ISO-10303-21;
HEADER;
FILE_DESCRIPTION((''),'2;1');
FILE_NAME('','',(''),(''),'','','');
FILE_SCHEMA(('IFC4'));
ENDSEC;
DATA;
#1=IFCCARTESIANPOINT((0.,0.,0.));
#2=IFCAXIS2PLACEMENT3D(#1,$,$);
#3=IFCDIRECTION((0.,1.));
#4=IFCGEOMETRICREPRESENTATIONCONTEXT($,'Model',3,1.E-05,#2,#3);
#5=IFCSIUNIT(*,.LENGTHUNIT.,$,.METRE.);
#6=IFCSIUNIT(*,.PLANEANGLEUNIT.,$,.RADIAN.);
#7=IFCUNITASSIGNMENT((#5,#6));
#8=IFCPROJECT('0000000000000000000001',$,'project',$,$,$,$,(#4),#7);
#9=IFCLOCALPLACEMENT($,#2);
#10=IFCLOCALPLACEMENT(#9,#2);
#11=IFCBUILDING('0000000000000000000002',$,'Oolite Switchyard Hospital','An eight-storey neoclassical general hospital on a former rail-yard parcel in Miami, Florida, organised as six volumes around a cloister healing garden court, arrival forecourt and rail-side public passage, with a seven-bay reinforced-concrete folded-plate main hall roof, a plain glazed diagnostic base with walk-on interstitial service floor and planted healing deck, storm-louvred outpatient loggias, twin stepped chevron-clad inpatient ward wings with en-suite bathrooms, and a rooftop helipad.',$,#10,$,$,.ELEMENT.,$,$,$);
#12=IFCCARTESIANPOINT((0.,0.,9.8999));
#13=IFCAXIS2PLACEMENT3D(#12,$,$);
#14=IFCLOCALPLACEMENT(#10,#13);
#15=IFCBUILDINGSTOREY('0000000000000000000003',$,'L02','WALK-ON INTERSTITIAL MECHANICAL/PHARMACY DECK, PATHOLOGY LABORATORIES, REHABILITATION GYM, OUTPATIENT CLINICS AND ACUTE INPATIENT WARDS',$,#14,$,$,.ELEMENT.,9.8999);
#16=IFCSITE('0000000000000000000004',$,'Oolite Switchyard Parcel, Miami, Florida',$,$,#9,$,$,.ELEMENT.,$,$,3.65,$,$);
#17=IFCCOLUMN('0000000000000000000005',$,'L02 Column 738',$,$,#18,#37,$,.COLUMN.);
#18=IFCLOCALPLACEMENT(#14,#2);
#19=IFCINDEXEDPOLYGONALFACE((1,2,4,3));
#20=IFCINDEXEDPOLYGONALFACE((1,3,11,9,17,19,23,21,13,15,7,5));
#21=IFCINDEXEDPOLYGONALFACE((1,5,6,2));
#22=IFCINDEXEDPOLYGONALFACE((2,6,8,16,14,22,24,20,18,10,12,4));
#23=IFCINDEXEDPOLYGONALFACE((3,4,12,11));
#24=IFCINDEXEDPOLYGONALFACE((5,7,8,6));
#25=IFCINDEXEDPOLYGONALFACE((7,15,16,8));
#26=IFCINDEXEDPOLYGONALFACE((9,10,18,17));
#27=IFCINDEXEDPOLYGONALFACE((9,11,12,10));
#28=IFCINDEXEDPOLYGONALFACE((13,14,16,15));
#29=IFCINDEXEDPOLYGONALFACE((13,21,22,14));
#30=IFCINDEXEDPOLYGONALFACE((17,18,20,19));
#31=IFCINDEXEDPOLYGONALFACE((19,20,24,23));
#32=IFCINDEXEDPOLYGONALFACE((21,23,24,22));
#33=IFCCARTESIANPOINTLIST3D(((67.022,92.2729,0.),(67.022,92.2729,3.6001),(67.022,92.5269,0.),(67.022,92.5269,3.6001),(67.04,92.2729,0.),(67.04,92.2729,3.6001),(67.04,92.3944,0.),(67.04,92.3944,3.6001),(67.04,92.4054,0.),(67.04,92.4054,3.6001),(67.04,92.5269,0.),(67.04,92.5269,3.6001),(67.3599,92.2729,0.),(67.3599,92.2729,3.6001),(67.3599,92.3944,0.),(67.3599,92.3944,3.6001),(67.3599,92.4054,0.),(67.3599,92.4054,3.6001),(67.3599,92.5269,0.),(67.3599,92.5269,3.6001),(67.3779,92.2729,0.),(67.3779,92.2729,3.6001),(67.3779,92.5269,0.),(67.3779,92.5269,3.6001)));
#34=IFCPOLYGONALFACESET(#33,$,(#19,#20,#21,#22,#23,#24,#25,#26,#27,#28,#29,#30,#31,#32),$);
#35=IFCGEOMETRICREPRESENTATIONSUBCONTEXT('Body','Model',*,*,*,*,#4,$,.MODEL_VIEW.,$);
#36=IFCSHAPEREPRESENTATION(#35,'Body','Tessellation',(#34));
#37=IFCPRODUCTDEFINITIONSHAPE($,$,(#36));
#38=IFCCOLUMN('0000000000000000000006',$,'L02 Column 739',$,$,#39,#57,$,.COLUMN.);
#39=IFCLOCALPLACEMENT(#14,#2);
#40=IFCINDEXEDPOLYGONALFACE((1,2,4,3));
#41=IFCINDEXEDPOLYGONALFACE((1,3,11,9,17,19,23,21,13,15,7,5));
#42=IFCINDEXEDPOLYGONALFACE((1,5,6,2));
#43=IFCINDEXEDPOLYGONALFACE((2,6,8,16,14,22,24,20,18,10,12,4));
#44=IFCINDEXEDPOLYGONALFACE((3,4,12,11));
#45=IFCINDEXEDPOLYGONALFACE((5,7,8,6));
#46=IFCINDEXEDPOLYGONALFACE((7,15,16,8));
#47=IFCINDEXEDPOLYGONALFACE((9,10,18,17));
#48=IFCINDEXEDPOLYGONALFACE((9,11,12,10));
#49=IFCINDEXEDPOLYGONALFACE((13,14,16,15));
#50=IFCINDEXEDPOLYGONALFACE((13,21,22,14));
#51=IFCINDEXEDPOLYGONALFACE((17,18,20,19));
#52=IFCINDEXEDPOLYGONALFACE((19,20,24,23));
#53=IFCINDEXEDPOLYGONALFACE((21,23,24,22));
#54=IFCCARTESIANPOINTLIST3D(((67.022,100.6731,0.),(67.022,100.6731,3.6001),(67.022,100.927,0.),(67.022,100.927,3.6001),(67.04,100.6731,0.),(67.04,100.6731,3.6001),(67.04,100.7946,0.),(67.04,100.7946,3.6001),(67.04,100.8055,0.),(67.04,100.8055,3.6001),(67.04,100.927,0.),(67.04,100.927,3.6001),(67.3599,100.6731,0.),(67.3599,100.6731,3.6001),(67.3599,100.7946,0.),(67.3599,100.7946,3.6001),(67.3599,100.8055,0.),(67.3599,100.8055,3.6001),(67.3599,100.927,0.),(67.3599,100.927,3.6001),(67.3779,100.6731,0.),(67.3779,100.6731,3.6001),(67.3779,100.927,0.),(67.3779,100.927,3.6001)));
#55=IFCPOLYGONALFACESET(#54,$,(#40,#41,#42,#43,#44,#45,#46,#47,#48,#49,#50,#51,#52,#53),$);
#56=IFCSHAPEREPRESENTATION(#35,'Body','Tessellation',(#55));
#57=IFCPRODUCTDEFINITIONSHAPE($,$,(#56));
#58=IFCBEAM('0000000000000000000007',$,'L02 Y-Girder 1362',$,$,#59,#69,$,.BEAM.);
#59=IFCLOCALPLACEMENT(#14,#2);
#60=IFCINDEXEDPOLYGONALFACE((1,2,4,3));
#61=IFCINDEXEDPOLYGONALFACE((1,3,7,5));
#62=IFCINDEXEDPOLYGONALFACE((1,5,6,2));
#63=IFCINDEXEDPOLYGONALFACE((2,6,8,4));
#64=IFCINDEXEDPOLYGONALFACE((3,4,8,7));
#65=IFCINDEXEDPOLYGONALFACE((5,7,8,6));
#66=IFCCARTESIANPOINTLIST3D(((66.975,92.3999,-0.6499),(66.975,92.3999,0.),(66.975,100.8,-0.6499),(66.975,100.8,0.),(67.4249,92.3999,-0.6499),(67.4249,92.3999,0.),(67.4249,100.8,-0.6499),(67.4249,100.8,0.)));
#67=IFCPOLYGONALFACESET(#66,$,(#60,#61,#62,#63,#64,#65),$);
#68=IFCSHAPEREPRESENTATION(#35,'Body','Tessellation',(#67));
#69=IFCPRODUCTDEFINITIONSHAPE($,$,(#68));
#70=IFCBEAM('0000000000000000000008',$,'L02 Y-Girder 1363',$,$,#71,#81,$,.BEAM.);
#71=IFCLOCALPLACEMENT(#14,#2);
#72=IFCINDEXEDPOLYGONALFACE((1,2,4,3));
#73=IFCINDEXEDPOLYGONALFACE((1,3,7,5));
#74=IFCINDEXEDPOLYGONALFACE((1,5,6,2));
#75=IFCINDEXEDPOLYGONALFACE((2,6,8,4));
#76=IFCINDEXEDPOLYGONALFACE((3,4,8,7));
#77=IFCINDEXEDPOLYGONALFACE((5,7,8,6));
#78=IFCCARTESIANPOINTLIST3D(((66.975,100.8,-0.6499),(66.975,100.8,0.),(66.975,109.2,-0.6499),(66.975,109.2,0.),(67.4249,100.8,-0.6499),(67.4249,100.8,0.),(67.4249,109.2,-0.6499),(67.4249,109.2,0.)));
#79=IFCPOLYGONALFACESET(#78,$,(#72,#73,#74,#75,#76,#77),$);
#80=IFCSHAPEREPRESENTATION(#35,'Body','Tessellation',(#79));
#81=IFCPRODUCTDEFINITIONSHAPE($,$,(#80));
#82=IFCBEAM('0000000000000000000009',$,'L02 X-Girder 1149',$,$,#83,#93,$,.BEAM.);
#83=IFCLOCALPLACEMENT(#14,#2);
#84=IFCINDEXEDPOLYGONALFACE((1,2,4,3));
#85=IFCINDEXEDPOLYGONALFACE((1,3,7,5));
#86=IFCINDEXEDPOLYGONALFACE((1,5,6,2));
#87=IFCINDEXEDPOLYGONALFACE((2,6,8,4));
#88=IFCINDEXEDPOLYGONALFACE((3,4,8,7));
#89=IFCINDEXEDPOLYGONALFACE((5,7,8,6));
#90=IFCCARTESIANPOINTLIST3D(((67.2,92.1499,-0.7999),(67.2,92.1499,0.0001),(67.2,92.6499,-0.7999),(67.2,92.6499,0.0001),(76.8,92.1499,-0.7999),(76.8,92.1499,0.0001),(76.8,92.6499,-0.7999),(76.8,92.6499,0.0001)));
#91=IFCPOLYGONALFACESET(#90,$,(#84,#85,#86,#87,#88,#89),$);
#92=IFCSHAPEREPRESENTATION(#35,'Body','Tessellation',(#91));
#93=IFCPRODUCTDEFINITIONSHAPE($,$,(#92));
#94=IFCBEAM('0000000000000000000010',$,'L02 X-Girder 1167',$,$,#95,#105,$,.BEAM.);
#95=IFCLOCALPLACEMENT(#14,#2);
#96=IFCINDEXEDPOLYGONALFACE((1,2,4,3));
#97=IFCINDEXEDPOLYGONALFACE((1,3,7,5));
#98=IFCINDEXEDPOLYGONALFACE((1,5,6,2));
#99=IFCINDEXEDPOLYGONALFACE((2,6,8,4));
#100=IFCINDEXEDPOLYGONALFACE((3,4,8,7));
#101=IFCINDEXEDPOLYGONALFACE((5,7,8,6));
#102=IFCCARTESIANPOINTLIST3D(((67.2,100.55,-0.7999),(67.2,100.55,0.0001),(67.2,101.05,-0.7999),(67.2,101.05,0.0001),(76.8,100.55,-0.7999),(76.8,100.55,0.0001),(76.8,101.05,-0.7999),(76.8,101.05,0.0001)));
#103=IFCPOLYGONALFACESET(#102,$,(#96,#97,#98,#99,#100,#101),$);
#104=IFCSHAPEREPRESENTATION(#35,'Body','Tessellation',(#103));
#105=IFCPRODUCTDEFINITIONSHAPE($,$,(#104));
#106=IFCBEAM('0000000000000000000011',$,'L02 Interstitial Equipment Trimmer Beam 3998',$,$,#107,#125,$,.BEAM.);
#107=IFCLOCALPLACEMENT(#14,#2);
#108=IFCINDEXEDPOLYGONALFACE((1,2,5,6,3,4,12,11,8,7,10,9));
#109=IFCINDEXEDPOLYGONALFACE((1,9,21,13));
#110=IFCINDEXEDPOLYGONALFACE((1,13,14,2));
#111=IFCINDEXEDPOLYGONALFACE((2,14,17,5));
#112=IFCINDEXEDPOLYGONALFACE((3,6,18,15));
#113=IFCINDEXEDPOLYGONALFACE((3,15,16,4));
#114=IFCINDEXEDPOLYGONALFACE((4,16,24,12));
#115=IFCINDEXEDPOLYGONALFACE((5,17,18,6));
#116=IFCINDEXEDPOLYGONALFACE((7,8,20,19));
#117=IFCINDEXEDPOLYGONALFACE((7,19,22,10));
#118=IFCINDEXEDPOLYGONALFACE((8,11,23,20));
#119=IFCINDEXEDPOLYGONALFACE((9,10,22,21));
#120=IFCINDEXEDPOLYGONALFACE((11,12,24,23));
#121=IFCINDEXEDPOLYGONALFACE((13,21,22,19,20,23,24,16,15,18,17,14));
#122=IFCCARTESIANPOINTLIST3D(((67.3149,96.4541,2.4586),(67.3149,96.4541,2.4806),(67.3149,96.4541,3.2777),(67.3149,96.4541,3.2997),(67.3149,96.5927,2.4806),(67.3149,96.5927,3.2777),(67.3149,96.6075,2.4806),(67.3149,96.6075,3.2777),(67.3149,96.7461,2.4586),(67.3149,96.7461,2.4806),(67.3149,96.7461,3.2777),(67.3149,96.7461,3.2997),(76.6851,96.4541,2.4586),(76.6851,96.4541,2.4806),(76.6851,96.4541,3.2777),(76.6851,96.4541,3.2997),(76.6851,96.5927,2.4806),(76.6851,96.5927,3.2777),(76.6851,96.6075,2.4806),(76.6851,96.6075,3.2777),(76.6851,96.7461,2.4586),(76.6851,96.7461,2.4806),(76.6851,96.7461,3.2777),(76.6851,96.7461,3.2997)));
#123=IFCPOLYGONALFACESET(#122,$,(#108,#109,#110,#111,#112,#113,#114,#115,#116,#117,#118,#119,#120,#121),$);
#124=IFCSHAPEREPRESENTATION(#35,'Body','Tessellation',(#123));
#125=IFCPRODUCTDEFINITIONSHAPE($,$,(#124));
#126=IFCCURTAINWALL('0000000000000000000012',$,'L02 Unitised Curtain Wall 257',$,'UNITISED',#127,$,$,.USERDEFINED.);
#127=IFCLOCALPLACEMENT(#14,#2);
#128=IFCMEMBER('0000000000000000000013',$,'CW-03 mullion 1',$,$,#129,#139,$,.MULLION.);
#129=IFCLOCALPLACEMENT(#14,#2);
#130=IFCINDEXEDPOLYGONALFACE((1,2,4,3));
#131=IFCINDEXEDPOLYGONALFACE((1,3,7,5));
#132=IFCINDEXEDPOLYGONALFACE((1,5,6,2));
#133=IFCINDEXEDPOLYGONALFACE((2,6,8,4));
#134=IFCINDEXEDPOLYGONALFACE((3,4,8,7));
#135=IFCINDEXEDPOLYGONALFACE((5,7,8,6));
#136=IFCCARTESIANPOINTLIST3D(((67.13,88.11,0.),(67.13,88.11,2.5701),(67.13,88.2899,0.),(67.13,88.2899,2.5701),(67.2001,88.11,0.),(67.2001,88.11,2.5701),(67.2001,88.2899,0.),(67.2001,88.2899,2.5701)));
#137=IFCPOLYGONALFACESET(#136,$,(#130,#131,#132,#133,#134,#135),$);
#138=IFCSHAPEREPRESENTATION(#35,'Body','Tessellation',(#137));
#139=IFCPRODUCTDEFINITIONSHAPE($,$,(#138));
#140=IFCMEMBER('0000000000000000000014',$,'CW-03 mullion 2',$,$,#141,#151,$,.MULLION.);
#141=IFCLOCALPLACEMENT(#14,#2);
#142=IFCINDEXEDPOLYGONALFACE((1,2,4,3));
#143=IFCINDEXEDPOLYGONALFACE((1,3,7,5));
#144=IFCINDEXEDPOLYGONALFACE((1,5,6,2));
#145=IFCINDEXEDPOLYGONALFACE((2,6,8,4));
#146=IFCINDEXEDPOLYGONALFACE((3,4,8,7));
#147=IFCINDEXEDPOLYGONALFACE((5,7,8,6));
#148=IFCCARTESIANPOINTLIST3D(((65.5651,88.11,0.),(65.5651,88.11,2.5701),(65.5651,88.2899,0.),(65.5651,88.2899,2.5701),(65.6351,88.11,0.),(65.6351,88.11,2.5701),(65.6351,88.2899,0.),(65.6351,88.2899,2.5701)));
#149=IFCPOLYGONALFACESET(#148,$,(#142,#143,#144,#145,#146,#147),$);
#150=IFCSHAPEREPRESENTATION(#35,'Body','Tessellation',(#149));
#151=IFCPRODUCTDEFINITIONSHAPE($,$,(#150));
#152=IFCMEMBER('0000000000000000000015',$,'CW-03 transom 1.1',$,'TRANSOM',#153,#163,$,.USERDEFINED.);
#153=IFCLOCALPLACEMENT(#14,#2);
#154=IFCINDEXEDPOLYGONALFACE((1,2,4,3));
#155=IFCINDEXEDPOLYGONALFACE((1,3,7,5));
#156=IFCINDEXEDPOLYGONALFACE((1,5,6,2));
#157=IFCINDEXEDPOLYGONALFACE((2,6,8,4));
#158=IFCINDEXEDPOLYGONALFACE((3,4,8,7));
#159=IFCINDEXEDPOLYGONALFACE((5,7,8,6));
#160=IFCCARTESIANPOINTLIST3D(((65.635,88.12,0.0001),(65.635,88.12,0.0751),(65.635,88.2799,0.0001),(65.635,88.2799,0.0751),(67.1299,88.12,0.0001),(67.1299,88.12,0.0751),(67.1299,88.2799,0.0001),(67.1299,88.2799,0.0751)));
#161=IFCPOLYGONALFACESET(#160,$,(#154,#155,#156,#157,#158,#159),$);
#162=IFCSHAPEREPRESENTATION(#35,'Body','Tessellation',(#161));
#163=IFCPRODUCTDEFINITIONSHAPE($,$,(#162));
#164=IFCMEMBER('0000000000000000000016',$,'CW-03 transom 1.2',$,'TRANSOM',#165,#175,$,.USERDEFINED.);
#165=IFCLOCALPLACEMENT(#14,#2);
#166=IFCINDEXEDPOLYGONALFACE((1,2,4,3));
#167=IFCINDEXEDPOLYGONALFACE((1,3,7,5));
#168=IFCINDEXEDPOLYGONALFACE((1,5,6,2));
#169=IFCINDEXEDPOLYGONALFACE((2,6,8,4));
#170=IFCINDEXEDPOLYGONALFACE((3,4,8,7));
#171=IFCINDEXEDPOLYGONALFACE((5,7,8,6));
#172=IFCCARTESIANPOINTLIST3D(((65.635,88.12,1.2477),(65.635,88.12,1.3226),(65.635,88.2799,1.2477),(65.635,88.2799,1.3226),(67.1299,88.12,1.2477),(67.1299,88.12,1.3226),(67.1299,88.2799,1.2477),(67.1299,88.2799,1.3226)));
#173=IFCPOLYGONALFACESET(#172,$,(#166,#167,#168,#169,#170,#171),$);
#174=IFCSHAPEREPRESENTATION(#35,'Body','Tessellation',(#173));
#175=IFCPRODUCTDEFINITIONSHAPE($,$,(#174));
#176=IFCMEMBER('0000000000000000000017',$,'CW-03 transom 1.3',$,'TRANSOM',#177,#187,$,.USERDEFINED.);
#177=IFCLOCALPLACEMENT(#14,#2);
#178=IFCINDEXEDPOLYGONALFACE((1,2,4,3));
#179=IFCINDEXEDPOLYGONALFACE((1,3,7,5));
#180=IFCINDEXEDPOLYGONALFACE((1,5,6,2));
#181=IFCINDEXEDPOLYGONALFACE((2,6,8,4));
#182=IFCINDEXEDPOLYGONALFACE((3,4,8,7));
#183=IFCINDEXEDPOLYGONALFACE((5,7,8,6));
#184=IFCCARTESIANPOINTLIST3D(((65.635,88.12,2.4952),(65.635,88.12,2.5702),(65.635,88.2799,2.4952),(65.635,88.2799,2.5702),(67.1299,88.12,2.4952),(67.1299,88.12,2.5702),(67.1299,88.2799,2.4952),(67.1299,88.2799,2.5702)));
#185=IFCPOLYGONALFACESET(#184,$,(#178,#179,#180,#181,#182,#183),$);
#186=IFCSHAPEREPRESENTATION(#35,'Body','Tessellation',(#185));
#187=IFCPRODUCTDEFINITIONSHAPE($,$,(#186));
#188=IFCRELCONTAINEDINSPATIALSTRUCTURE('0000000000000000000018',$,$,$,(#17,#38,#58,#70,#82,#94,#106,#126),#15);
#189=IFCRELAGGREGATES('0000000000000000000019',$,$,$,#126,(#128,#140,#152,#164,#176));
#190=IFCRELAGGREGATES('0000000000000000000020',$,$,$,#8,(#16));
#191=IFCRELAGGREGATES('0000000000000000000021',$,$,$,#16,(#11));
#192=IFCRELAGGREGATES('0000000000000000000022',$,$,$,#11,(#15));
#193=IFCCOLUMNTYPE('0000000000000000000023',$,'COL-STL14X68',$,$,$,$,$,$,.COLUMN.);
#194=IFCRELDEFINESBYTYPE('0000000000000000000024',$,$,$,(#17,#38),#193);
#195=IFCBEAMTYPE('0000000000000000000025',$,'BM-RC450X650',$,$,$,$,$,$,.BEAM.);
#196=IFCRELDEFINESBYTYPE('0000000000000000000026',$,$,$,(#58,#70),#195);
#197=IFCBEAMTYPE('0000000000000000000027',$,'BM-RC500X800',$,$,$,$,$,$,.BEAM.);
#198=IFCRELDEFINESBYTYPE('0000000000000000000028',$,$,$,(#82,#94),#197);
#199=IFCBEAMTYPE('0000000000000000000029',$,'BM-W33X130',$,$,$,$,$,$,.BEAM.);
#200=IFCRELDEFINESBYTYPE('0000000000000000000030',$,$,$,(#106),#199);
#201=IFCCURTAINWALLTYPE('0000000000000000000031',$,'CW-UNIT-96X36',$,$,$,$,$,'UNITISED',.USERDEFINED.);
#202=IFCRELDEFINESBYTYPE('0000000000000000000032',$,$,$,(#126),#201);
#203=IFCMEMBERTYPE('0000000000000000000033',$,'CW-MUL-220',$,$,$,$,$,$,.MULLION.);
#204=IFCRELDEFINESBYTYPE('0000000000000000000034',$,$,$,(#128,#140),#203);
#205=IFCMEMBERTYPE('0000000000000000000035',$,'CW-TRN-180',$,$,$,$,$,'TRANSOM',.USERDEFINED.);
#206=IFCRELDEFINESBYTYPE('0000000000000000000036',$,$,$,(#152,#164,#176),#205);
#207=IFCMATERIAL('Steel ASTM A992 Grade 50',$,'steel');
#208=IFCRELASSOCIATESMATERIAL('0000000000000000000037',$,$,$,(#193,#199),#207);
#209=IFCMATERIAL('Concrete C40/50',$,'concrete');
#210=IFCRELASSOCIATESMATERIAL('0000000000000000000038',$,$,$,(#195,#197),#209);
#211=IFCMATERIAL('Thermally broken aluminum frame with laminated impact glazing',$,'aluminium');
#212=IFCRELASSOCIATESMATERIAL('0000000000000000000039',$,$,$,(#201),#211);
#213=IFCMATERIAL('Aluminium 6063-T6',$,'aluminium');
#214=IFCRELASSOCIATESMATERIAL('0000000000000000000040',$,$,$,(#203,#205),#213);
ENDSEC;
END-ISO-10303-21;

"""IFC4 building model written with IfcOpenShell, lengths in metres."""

from ifc_helpers import new_model, si_unit, direction, frame, origin, origin_2d, place, context, subcontext, project, spatial, rectangle, i_section, extrude, material, material_profile, profile_set, type_object, element, aggregate, save


model = new_model("IFC4")

# Units and contexts
model_context = context("Model", 3, precision=1e-05, world=origin(), true_north=direction((0.0, 1.0)))
body_context = subcontext(model_context, "Body", "Model", "MODEL_VIEW")
ifc_project = project(units=[si_unit("LENGTHUNIT", "METRE"), si_unit("PLANEANGLEUNIT", "RADIAN")], contexts=[model_context])

# Site, building, storey
site_placement = place(None, origin())
site = spatial("IfcSite", under=ifc_project, at=site_placement, Name="Oolite Switchyard Parcel, Miami, Florida", CompositionType="ELEMENT", RefElevation=3.65)
building_placement = place(site_placement, origin())
building = spatial("IfcBuilding", under=site, at=building_placement, Name="Oolite Switchyard Hospital", Description="An eight-storey neoclassical general hospital on a former rail-yard parcel in Miami, Florida, organised as six volumes around a cloister healing garden court, arrival forecourt and rail-side public passage, with a seven-bay reinforced-concrete folded-plate main hall roof, a plain glazed diagnostic base with walk-on interstitial service floor and planted healing deck, storm-louvred outpatient loggias, twin stepped chevron-clad inpatient ward wings with en-suite bathrooms, and a rooftop helipad.", CompositionType="ELEMENT")
storey_placement = place(building_placement, frame((0.0, 0.0, 9.8999)))
storey = spatial("IfcBuildingStorey", under=building, at=storey_placement, Name="L02", Description="WALK-ON INTERSTITIAL MECHANICAL/PHARMACY DECK, PATHOLOGY LABORATORIES, REHABILITATION GYM, OUTPATIENT CLINICS AND ACUTE INPATIENT WARDS", CompositionType="ELEMENT", Elevation=9.8999)

# Columns
ifc_material_1 = material(Name="Steel ASTM A992 Grade 50", Category="steel")
ifc_material_profile_1 = material_profile(ifc_material_1, i_section(OverallWidth=0.2539, OverallDepth=0.356, WebThickness=0.011, FlangeThickness=0.0181, at=origin_2d()), Name="W14X68")
ifc_profile_set_1 = profile_set([ifc_material_profile_1], Name="Steel ASTM A992 Grade 50")
column_type = type_object("IfcColumnType", Name="COL-STL14X68", PredefinedType="COLUMN", material=ifc_profile_set_1)
for number, where, z_axis, x_axis, name in (
    (1, (67.2, 92.3999, 0.0), (0.0, 0.0, 1.0), (0.0, -1.0, 0.0), "L02 Column 738"),
    (2, (67.2, 100.8, 0.0), (0.0, 0.0, 1.0), (0.0, -1.0, 0.0), "L02 Column 739"),
):
    element("IfcColumn", number, at=place(storey_placement, frame(where, z_axis=z_axis, x_axis=x_axis)), inside=storey, type_object=column_type, Name=name, PredefinedType="COLUMN", context=body_context, shape_type="SweptSolid", body=[
        extrude(i_section(OverallWidth=0.2539, OverallDepth=0.356, WebThickness=0.011, FlangeThickness=0.0181, at=origin_2d()), origin(), (0.0, 0.0, 1.0), 3.6001),
    ])

# Beams
ifc_material_2 = material(Name="Concrete C40/50", Category="concrete")
ifc_material_profile_2 = material_profile(ifc_material_2, rectangle(XDim=0.45, YDim=0.6499, at=origin_2d()), Name="RCB450X650")
ifc_profile_set_2 = profile_set([ifc_material_profile_2], Name="Concrete C40/50")
beam_type_1 = type_object("IfcBeamType", Name="BM-RC450X650", PredefinedType="BEAM", material=ifc_profile_set_2)
beam_1_placement = place(storey_placement, frame((67.2, 92.3999, -0.325), z_axis=(0.0, 1.0, 0.0), x_axis=(-1.0, 0.0, 0.0)))
element("IfcBeam", 3, at=beam_1_placement, inside=storey, type_object=beam_type_1, Name="L02 Y-Girder 1362", PredefinedType="BEAM", context=body_context, shape_type="SweptSolid", body=[
    extrude(rectangle(XDim=0.45, YDim=0.6499, at=origin_2d()), origin(), (0.0, 0.0, 1.0), 8.4001),
])
beam_2_placement = place(storey_placement, frame((67.2, 100.8, -0.325), z_axis=(0.0, 1.0, 0.0), x_axis=(-1.0, 0.0, 0.0)))
element("IfcBeam", 4, at=beam_2_placement, inside=storey, type_object=beam_type_1, Name="L02 Y-Girder 1363", PredefinedType="BEAM", context=body_context, shape_type="SweptSolid", body=[
    extrude(rectangle(XDim=0.45, YDim=0.6499, at=origin_2d()), origin(), (0.0, 0.0, 1.0), 8.3999),
])
ifc_material_profile_3 = material_profile(ifc_material_2, rectangle(XDim=0.5, YDim=0.8, at=origin_2d()), Name="RCB500X800")
ifc_profile_set_3 = profile_set([ifc_material_profile_3], Name="Concrete C40/50")
beam_type_2 = type_object("IfcBeamType", Name="BM-RC500X800", PredefinedType="BEAM", material=ifc_profile_set_3)
for number, where, z_axis, x_axis, name in (
    (5, (67.2, 92.3999, -0.3999), (1.0, 0.0, 0.0), (0.0, 1.0, 0.0), "L02 X-Girder 1149"),
    (6, (67.2, 100.8, -0.3999), (1.0, 0.0, 0.0), (0.0, 1.0, 0.0), "L02 X-Girder 1167"),
):
    element("IfcBeam", number, at=place(storey_placement, frame(where, z_axis=z_axis, x_axis=x_axis)), inside=storey, type_object=beam_type_2, Name=name, PredefinedType="BEAM", context=body_context, shape_type="SweptSolid", body=[
        extrude(rectangle(XDim=0.5, YDim=0.8, at=origin_2d()), origin(), (0.0, 0.0, 1.0), 9.6001),
    ])
ifc_material_profile_4 = material_profile(ifc_material_1, i_section(OverallWidth=0.292, OverallDepth=0.8411, WebThickness=0.0149, FlangeThickness=0.022, at=origin_2d()), Name="W33X130")
ifc_profile_set_4 = profile_set([ifc_material_profile_4], Name="Steel ASTM A992 Grade 50")
beam_type_3 = type_object("IfcBeamType", Name="BM-W33X130", PredefinedType="BEAM", material=ifc_profile_set_4)
beam_3_placement = place(storey_placement, frame((67.3149, 96.6001, 2.8792), z_axis=(1.0, 0.0, 0.0), x_axis=(0.0, 1.0, 0.0)))
element("IfcBeam", 7, at=beam_3_placement, inside=storey, type_object=beam_type_3, Name="L02 Interstitial Equipment Trimmer Beam 3998", PredefinedType="BEAM", context=body_context, shape_type="SweptSolid", body=[
    extrude(i_section(OverallWidth=0.292, OverallDepth=0.8411, WebThickness=0.0149, FlangeThickness=0.022, at=origin_2d()), origin(), (0.0, 0.0, 1.0), 9.3701),
])

# Curtain wall, members
ifc_material_3 = material(Name="Thermally broken aluminum frame with laminated impact glazing", Category="aluminium")
curtain_wall_type = type_object("IfcCurtainWallType", Name="CW-UNIT-96X36", ElementType="UNITISED", PredefinedType="USERDEFINED", material=ifc_material_3)
curtain_wall_placement = place(storey_placement, origin())
curtain_wall = element("IfcCurtainWall", 8, at=curtain_wall_placement, inside=storey, type_object=curtain_wall_type, Name="L02 Unitised Curtain Wall 257", ObjectType="UNITISED", PredefinedType="USERDEFINED")
ifc_material_4 = material(Name="Aluminium 6063-T6", Category="aluminium")
ifc_material_profile_5 = material_profile(ifc_material_4, rectangle(XDim=0.1799, YDim=0.0701, at=origin_2d()), Name="CWM70X180")
ifc_profile_set_5 = profile_set([ifc_material_profile_5], Name="Aluminium 6063-T6")
member_type_1 = type_object("IfcMemberType", Name="CW-MUL-220", PredefinedType="MULLION", material=ifc_profile_set_5)
member_1_placement = place(storey_placement, frame((67.165, 88.2, 0.0), z_axis=(0.0, 0.0, 1.0), x_axis=(0.0, -1.0, 0.0)))
member_1 = element("IfcMember", 9, at=member_1_placement, type_object=member_type_1, Name="CW-03 mullion 1", PredefinedType="MULLION", context=body_context, shape_type="SweptSolid", body=[
    extrude(rectangle(XDim=0.1799, YDim=0.0701, at=origin_2d()), origin(), (0.0, 0.0, 1.0), 2.5701),
])
member_2_placement = place(storey_placement, frame((65.6001, 88.2, 0.0), z_axis=(0.0, 0.0, 1.0), x_axis=(0.0, -1.0, 0.0)))
member_2 = element("IfcMember", 10, at=member_2_placement, type_object=member_type_1, Name="CW-03 mullion 2", PredefinedType="MULLION", context=body_context, shape_type="SweptSolid", body=[
    extrude(rectangle(XDim=0.1799, YDim=0.0701, at=origin_2d()), origin(), (0.0, 0.0, 1.0), 2.5701),
])
ifc_material_profile_6 = material_profile(ifc_material_4, rectangle(XDim=0.1599, YDim=0.075, at=origin_2d()), Name="CWT75X160")
ifc_profile_set_6 = profile_set([ifc_material_profile_6], Name="Aluminium 6063-T6")
member_type_2 = type_object("IfcMemberType", Name="CW-TRN-180", ElementType="TRANSOM", PredefinedType="USERDEFINED", material=ifc_profile_set_6)
member_3_placement = place(storey_placement, frame((67.1299, 88.2, 0.0376), z_axis=(-1.0, 0.0, 0.0), x_axis=(0.0, -1.0, 0.0)))
member_3 = element("IfcMember", 11, at=member_3_placement, type_object=member_type_2, Name="CW-03 transom 1.1", ObjectType="TRANSOM", PredefinedType="USERDEFINED", context=body_context, shape_type="SweptSolid", body=[
    extrude(rectangle(XDim=0.1599, YDim=0.075, at=origin_2d()), origin(), (0.0, 0.0, 1.0), 1.4949),
])
member_4_placement = place(storey_placement, frame((67.1299, 88.2, 1.2852), z_axis=(-1.0, 0.0, 0.0), x_axis=(0.0, -1.0, 0.0)))
member_4 = element("IfcMember", 12, at=member_4_placement, type_object=member_type_2, Name="CW-03 transom 1.2", ObjectType="TRANSOM", PredefinedType="USERDEFINED", context=body_context, shape_type="SweptSolid", body=[
    extrude(rectangle(XDim=0.1599, YDim=0.075, at=origin_2d()), origin(), (0.0, 0.0, 1.0), 1.4949),
])
member_5_placement = place(storey_placement, frame((67.1299, 88.2, 2.5327), z_axis=(-1.0, 0.0, 0.0), x_axis=(0.0, -1.0, 0.0)))
member_5 = element("IfcMember", 13, at=member_5_placement, type_object=member_type_2, Name="CW-03 transom 1.3", ObjectType="TRANSOM", PredefinedType="USERDEFINED", context=body_context, shape_type="SweptSolid", body=[
    extrude(rectangle(XDim=0.1599, YDim=0.075, at=origin_2d()), origin(), (0.0, 0.0, 1.0), 1.4949),
])
aggregate(curtain_wall, [member_1, member_2, member_3, member_4, member_5])

save(model, "model.ifc")
